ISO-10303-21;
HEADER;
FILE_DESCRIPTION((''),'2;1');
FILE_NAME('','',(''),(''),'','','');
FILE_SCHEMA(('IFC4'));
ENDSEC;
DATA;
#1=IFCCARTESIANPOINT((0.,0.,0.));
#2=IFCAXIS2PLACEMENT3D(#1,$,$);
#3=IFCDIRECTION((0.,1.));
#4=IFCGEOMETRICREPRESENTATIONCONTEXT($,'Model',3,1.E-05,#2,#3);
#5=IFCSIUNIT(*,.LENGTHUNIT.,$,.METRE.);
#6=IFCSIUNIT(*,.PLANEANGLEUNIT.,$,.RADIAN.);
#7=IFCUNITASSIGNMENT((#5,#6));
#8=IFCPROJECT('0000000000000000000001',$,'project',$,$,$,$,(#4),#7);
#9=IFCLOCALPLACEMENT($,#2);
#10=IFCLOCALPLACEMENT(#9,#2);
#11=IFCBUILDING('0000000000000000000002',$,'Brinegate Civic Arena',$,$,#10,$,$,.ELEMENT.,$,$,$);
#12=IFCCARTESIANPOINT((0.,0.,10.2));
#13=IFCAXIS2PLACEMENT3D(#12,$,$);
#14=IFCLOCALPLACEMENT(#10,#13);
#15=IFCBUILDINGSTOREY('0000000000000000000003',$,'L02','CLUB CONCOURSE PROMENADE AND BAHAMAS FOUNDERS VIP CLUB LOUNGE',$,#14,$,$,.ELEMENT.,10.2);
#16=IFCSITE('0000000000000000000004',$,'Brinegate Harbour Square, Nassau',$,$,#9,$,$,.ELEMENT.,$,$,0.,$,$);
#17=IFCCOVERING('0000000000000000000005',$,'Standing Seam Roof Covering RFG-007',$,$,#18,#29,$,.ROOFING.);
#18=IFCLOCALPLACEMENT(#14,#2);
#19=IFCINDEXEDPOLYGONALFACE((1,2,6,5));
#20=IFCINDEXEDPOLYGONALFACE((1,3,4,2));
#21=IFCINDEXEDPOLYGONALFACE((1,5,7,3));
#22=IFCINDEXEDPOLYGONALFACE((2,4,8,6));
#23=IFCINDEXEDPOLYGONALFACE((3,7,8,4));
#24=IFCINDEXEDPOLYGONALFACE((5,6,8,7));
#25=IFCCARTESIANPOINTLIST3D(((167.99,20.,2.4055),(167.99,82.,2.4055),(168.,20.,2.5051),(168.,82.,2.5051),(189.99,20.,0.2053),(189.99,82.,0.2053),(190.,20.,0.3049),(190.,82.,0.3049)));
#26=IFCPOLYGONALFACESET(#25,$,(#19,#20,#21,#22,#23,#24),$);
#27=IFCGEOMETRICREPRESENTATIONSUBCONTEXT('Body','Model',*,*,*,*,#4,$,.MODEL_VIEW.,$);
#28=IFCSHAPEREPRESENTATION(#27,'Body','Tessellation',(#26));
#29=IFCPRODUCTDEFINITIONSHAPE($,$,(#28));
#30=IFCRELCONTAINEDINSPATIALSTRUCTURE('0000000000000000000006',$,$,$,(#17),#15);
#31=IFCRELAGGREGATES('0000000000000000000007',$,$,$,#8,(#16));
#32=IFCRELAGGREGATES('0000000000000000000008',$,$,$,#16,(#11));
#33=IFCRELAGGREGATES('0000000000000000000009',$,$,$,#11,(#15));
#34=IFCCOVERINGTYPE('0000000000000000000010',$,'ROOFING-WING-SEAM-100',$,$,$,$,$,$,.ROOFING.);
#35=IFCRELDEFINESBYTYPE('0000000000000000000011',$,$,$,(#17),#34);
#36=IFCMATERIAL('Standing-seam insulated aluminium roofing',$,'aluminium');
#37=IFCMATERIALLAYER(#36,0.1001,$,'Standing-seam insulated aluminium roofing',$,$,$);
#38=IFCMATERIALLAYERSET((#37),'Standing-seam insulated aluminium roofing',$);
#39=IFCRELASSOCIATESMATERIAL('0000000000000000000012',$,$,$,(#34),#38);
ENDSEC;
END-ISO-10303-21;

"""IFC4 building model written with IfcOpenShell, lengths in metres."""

from ifc_helpers import new_model, si_unit, direction, frame, origin, place, context, subcontext, project, spatial, polyline, outline, extrude, material, layer, layer_set, type_object, element, save


model = new_model("IFC4")

# Units and contexts
model_context = context("Model", 3, precision=1e-05, world=origin(), true_north=direction((0.0, 1.0)))
body_context = subcontext(model_context, "Body", "Model", "MODEL_VIEW")
ifc_project = project(units=[si_unit("LENGTHUNIT", "METRE"), si_unit("PLANEANGLEUNIT", "RADIAN")], contexts=[model_context])

# Site, building, storey
site_placement = place(None, origin())
site = spatial("IfcSite", under=ifc_project, at=site_placement, Name="Brinegate Harbour Square, Nassau", CompositionType="ELEMENT", RefElevation=0.0)
building_placement = place(site_placement, origin())
building = spatial("IfcBuilding", under=site, at=building_placement, Name="Brinegate Civic Arena", CompositionType="ELEMENT")
storey_placement = place(building_placement, frame((0.0, 0.0, 10.2)))
storey = spatial("IfcBuildingStorey", under=building, at=storey_placement, Name="L02", Description="CLUB CONCOURSE PROMENADE AND BAHAMAS FOUNDERS VIP CLUB LOUNGE", CompositionType="ELEMENT", Elevation=10.2)

# Covering
ifc_material_1 = material(Name="Standing-seam insulated aluminium roofing", Category="aluminium")
ifc_layer_1 = layer(ifc_material_1, 0.1001, Name="Standing-seam insulated aluminium roofing")
ifc_layer_set_1 = layer_set([ifc_layer_1], Name="Standing-seam insulated aluminium roofing")
covering_type = type_object("IfcCoveringType", Name="ROOFING-WING-SEAM-100", PredefinedType="ROOFING", material=ifc_layer_set_1)
covering_placement = place(storey_placement, frame((168.0, 20.0, 2.5051), z_axis=(0.099512, 0.0, 0.995036), x_axis=(0.995036, 0.0, -0.099512)))
element("IfcCovering", 1, at=covering_placement, inside=storey, type_object=covering_type, Name="Standing Seam Roof Covering RFG-007", PredefinedType="ROOFING", context=body_context, shape_type="SweptSolid", body=[
    extrude(outline(polyline([(0.0, 0.0), (22.1097, 0.0), (22.1097, 62.0), (0.0, 62.0), (0.0, 0.0)])), origin(), (0.0, 0.0, -1.0), 0.1001),
])

save(model, "model.ifc")
